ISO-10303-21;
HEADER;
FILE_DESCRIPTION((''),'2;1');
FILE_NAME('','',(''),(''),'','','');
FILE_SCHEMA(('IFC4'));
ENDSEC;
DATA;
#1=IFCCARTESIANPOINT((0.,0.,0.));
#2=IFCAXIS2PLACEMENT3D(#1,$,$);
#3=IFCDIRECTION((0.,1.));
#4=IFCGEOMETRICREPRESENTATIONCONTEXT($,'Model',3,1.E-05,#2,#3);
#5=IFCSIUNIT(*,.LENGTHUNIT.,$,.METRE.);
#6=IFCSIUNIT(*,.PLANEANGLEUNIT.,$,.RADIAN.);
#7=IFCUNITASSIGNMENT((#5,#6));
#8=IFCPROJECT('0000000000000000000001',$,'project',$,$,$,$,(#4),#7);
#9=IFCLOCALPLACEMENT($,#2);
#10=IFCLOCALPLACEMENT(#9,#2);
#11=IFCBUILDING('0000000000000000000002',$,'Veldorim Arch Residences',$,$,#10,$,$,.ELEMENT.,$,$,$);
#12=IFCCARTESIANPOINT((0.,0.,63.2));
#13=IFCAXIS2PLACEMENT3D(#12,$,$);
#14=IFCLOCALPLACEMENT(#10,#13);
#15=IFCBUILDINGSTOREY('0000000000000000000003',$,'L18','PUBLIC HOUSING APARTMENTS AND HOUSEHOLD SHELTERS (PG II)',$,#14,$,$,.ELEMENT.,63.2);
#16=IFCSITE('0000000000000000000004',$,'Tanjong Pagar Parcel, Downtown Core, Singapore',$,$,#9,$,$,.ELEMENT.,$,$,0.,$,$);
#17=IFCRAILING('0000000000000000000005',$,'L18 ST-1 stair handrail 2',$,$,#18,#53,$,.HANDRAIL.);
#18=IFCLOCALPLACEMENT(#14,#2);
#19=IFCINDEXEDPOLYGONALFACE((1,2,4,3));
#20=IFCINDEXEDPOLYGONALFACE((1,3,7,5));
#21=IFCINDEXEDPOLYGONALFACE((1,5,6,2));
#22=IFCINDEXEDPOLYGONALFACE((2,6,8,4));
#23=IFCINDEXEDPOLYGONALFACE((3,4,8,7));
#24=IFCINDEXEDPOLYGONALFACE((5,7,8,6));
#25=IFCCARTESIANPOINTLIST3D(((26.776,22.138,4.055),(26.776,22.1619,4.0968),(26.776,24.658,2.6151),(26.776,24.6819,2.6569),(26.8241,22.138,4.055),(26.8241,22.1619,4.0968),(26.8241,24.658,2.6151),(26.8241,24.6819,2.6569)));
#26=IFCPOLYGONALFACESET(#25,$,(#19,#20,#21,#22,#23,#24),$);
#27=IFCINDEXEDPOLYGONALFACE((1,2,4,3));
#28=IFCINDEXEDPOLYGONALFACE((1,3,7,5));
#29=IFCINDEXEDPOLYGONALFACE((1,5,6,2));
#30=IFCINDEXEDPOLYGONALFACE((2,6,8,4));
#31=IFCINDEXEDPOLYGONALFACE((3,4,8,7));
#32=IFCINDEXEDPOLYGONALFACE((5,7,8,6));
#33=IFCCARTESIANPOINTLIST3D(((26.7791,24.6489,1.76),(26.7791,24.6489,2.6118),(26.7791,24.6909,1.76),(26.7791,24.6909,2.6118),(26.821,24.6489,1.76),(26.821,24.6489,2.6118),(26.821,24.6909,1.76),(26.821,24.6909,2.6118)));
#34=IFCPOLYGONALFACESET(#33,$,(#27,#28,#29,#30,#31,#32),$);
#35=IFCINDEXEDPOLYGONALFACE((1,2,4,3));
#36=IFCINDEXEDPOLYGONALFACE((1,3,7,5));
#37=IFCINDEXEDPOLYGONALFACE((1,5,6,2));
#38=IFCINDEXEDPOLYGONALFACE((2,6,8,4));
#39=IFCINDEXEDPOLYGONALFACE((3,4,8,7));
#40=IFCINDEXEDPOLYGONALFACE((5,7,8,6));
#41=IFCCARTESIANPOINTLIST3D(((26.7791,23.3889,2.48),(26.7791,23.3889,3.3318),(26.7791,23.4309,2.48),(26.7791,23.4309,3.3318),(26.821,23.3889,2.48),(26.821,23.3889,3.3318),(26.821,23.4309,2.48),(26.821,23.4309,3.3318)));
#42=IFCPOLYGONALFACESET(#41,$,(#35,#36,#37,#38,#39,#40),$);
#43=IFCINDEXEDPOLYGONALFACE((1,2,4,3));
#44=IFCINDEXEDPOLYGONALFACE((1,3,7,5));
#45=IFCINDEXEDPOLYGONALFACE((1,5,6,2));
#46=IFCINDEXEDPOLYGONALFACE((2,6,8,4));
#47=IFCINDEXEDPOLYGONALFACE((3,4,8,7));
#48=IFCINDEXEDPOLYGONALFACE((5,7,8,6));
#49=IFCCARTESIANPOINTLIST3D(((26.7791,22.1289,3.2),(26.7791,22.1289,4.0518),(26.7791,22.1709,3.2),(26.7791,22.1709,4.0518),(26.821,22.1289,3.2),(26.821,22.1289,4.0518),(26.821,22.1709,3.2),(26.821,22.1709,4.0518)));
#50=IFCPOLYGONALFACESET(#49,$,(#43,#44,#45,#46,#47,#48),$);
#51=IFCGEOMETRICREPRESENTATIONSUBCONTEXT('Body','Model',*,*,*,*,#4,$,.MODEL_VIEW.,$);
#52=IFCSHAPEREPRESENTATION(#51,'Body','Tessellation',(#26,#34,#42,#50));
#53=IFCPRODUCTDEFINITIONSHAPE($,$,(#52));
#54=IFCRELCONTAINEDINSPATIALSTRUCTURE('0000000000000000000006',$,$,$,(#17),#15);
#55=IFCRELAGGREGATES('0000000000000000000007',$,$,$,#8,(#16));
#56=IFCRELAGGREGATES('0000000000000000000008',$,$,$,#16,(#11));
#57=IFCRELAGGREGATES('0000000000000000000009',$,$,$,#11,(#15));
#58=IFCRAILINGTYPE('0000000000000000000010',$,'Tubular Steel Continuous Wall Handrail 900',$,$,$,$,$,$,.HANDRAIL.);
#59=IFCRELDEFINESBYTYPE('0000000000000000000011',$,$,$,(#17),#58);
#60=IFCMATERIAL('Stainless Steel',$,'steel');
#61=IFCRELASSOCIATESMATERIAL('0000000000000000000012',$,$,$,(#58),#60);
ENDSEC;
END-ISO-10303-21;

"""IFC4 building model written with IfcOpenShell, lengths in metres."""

from ifc_helpers import new_model, si_unit, direction, frame, origin, origin_2d, place, context, subcontext, project, spatial, rectangle, extrude, material, type_object, element, save


model = new_model("IFC4")

# Units and contexts
model_context = context("Model", 3, precision=1e-05, world=origin(), true_north=direction((0.0, 1.0)))
body_context = subcontext(model_context, "Body", "Model", "MODEL_VIEW")
ifc_project = project(units=[si_unit("LENGTHUNIT", "METRE"), si_unit("PLANEANGLEUNIT", "RADIAN")], contexts=[model_context])

# Site, building, storey
site_placement = place(None, origin())
site = spatial("IfcSite", under=ifc_project, at=site_placement, Name="Tanjong Pagar Parcel, Downtown Core, Singapore", CompositionType="ELEMENT", RefElevation=0.0)
building_placement = place(site_placement, origin())
building = spatial("IfcBuilding", under=site, at=building_placement, Name="Veldorim Arch Residences", CompositionType="ELEMENT")
storey_placement = place(building_placement, frame((0.0, 0.0, 63.2)))
storey = spatial("IfcBuildingStorey", under=building, at=storey_placement, Name="L18", Description="PUBLIC HOUSING APARTMENTS AND HOUSEHOLD SHELTERS (PG II)", CompositionType="ELEMENT", Elevation=63.2)

# Railing
ifc_material_1 = material(Name="Stainless Steel", Category="steel")
railing_type_1 = type_object("IfcRailingType", Name="Tubular Steel Continuous Wall Handrail 900", PredefinedType="HANDRAIL", material=ifc_material_1)
railing_1_placement = place(storey_placement, frame((26.8, 24.6699, 1.76)))
element("IfcRailing", 1, at=railing_1_placement, inside=storey, type_object=railing_type_1, Name="L18 ST-1 stair handrail 2", PredefinedType="HANDRAIL", context=body_context, shape_type="SweptSolid", body=[
    extrude(rectangle(XDim=0.0481, YDim=0.0481, at=origin_2d()), frame((0.0, 0.0, 0.876), z_axis=(0.0, -0.868253, 0.496121), x_axis=(1.0, 0.0, 0.0)), (0.0, 0.0, 1.0), 2.9023),
    extrude(rectangle(XDim=0.042, YDim=0.042, at=origin_2d()), origin(), (0.0, 0.0, 1.0), 0.8518),
    extrude(rectangle(XDim=0.042, YDim=0.042, at=origin_2d()), frame((0.0, -1.26, 0.72)), (0.0, 0.0, 1.0), 0.8518),
    extrude(rectangle(XDim=0.042, YDim=0.042, at=origin_2d()), frame((0.0, -2.52, 1.4399)), (0.0, 0.0, 1.0), 0.8518),
])

save(model, "model.ifc")
